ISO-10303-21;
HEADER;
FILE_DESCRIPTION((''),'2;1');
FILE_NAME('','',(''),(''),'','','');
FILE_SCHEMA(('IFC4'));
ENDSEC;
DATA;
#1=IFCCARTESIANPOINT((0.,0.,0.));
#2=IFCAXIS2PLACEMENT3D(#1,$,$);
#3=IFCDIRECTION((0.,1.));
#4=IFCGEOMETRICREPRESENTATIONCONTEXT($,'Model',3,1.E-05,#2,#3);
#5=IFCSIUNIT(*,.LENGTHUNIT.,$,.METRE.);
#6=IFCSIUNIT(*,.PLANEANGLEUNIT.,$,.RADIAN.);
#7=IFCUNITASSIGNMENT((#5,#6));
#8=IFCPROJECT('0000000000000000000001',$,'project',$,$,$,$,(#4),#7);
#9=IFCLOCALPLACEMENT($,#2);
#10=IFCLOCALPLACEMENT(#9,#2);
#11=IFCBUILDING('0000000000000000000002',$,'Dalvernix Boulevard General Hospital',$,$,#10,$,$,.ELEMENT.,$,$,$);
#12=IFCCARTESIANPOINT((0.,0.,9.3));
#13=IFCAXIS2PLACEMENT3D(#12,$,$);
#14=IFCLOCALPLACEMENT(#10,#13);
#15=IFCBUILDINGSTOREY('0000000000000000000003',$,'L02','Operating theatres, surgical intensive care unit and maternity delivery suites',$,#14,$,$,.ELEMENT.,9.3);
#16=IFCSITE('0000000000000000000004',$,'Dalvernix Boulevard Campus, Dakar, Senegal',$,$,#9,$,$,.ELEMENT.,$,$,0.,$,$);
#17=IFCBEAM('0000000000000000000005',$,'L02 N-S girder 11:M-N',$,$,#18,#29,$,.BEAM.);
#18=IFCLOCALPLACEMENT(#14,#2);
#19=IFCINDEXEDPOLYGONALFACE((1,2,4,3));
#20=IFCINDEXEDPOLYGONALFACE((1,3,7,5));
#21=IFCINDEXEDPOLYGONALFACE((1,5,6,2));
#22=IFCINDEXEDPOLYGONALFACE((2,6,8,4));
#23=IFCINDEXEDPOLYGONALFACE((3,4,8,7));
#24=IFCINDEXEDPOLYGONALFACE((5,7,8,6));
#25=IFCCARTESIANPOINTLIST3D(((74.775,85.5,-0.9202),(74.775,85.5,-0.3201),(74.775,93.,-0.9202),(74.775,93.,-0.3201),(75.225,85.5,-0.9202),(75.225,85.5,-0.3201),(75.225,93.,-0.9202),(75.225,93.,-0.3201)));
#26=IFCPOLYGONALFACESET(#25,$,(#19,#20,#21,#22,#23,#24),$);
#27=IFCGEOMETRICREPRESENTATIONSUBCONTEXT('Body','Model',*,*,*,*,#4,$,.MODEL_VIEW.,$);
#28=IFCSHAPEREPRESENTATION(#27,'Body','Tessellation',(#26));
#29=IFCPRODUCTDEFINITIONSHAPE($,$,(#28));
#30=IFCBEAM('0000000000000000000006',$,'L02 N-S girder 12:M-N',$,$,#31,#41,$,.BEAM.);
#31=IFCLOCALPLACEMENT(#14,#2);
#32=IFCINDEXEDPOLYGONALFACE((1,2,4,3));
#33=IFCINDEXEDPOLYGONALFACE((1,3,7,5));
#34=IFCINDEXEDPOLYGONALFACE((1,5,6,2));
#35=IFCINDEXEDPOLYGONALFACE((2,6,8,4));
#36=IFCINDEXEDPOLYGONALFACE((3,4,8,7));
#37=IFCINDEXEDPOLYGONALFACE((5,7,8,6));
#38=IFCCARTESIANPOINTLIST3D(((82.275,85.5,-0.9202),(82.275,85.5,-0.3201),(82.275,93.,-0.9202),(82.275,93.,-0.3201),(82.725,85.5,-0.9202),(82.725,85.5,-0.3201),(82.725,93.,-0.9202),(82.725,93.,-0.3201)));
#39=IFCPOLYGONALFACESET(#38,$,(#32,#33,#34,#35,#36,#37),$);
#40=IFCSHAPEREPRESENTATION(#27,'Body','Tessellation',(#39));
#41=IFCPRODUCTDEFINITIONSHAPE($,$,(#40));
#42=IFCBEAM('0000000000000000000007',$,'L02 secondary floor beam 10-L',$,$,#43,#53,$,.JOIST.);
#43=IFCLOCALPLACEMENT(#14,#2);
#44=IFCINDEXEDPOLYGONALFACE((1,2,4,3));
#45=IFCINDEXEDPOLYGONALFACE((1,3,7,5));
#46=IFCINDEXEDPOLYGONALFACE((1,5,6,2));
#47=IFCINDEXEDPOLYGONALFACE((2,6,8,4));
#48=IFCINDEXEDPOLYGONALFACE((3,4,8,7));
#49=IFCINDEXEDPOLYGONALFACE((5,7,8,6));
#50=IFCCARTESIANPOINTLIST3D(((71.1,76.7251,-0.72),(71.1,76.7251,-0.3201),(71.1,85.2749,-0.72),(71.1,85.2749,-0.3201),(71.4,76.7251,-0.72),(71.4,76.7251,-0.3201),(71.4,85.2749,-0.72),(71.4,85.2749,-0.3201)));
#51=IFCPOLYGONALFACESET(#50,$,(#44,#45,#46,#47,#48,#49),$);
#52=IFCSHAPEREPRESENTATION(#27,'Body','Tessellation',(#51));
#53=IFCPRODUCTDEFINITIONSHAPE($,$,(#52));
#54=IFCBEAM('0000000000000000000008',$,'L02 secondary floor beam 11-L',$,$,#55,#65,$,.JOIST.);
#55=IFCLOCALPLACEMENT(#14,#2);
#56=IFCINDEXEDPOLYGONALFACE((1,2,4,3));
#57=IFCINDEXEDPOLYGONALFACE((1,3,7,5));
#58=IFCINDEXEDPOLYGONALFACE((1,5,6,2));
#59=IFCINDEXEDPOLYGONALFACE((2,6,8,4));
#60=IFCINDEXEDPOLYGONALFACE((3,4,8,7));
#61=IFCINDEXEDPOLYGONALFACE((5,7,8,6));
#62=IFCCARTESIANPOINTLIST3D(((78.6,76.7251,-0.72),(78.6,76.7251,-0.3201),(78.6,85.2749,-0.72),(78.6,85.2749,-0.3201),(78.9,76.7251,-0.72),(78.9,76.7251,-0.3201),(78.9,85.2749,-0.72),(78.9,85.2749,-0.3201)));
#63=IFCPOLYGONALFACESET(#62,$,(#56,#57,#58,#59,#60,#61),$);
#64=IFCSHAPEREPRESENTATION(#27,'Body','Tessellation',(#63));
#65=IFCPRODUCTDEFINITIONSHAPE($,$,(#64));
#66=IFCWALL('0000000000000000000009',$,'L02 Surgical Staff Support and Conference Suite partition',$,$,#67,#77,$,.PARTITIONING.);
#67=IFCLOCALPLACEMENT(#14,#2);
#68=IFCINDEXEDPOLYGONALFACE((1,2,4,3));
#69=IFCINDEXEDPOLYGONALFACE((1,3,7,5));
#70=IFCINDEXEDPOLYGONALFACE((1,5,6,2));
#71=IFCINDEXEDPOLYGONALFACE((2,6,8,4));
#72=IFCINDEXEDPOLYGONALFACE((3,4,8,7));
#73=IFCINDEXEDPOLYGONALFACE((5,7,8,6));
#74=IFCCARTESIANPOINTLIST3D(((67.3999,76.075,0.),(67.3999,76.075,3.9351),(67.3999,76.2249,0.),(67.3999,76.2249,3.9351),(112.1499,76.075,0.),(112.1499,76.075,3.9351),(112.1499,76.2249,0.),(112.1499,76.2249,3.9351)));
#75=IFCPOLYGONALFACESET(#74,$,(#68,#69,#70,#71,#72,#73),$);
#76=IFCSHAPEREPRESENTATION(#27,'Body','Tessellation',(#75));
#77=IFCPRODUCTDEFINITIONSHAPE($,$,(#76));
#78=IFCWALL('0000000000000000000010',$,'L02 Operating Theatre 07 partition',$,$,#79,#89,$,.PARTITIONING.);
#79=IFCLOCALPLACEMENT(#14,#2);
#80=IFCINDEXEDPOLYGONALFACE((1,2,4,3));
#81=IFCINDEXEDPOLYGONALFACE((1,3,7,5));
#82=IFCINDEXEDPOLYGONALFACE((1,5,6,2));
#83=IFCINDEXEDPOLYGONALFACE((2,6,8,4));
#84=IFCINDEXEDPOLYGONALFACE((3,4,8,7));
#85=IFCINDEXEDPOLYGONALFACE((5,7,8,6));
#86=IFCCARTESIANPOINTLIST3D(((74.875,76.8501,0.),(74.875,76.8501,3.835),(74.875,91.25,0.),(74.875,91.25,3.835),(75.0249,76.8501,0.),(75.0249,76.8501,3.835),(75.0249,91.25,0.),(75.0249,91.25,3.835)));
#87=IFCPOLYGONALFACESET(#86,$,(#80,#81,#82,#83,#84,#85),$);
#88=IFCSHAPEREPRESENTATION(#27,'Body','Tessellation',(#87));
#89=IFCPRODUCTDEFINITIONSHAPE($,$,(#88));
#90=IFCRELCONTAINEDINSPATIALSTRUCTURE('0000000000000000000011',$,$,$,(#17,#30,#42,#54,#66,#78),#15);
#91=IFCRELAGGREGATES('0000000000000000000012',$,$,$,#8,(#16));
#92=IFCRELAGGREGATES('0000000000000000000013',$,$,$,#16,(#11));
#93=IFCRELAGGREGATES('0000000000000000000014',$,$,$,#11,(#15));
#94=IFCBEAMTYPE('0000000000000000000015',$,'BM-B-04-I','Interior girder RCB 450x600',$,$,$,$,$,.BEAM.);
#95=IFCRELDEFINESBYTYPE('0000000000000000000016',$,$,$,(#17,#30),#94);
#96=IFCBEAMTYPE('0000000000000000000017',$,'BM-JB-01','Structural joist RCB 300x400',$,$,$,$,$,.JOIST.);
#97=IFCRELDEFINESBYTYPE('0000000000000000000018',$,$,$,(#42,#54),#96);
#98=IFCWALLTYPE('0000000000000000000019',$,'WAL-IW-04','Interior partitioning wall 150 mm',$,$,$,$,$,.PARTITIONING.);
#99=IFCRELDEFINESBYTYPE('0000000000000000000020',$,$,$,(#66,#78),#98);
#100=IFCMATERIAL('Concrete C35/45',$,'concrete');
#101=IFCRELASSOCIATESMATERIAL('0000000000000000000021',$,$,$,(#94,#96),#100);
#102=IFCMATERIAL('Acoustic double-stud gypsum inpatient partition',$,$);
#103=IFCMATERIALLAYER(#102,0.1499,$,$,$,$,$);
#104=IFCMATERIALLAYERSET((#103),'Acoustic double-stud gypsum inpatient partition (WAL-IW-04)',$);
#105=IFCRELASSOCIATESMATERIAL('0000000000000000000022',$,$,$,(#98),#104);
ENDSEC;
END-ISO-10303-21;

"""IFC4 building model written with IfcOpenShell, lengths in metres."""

from ifc_helpers import new_model, si_unit, direction, frame, frame_2d, origin, origin_2d, place, context, subcontext, project, spatial, rectangle, extrude, material, layer, layer_set, material_profile, profile_set, type_object, element, save


model = new_model("IFC4")

# Units and contexts
model_context = context("Model", 3, precision=1e-05, world=origin(), true_north=direction((0.0, 1.0)))
body_context = subcontext(model_context, "Body", "Model", "MODEL_VIEW")
ifc_project = project(units=[si_unit("LENGTHUNIT", "METRE"), si_unit("PLANEANGLEUNIT", "RADIAN")], contexts=[model_context])

# Site, building, storey
site_placement = place(None, origin())
site = spatial("IfcSite", under=ifc_project, at=site_placement, Name="Dalvernix Boulevard Campus, Dakar, Senegal", CompositionType="ELEMENT", RefElevation=0.0)
building_placement = place(site_placement, origin())
building = spatial("IfcBuilding", under=site, at=building_placement, Name="Dalvernix Boulevard General Hospital", CompositionType="ELEMENT")
storey_placement = place(building_placement, frame((0.0, 0.0, 9.3)))
storey = spatial("IfcBuildingStorey", under=building, at=storey_placement, Name="L02", Description="Operating theatres, surgical intensive care unit and maternity delivery suites", CompositionType="ELEMENT", Elevation=9.3)

# Beams
ifc_material_1 = material(Name="Concrete C35/45", Category="concrete")
ifc_material_profile_1 = material_profile(ifc_material_1, rectangle(XDim=0.45, YDim=0.6001, at=origin_2d()), Name="RCB 450x600")
ifc_profile_set_1 = profile_set([ifc_material_profile_1], Name="Concrete C35/45")
beam_type_1 = type_object("IfcBeamType", Name="BM-B-04-I", Description="Interior girder RCB 450x600", PredefinedType="BEAM", material=ifc_profile_set_1)
for number, where, z_axis, x_axis, name in (
    (1, (75.0, 85.5, -0.6201), (0.0, 1.0, 0.0), (-1.0, 0.0, 0.0), "L02 N-S girder 11:M-N"),
    (2, (82.5, 85.5, -0.6201), (0.0, 1.0, 0.0), (-1.0, 0.0, 0.0), "L02 N-S girder 12:M-N"),
):
    element("IfcBeam", number, at=place(storey_placement, frame(where, z_axis=z_axis, x_axis=x_axis)), inside=storey, type_object=beam_type_1, Name=name, PredefinedType="BEAM", context=body_context, shape_type="SweptSolid", body=[
        extrude(rectangle(XDim=0.45, YDim=0.6001, at=origin_2d()), origin(), (0.0, 0.0, 1.0), 7.5),
    ])
ifc_material_profile_2 = material_profile(ifc_material_1, rectangle(XDim=0.3, YDim=0.3999, at=origin_2d()), Name="RCB 300x400")
ifc_profile_set_2 = profile_set([ifc_material_profile_2], Name="Concrete C35/45")
beam_type_2 = type_object("IfcBeamType", Name="BM-JB-01", Description="Structural joist RCB 300x400", PredefinedType="JOIST", material=ifc_profile_set_2)
for number, where, z_axis, x_axis, name in (
    (3, (71.25, 76.7251, -0.52), (0.0, 1.0, 0.0), (-1.0, 0.0, 0.0), "L02 secondary floor beam 10-L"),
    (4, (78.75, 76.7251, -0.52), (0.0, 1.0, 0.0), (-1.0, 0.0, 0.0), "L02 secondary floor beam 11-L"),
):
    element("IfcBeam", number, at=place(storey_placement, frame(where, z_axis=z_axis, x_axis=x_axis)), inside=storey, type_object=beam_type_2, Name=name, PredefinedType="JOIST", context=body_context, shape_type="SweptSolid", body=[
        extrude(rectangle(XDim=0.3, YDim=0.3999, at=origin_2d()), origin(), (0.0, 0.0, 1.0), 8.5498),
    ])

# Walls
ifc_material_2 = material(Name="Acoustic double-stud gypsum inpatient partition")
ifc_layer = layer(ifc_material_2, 0.1499)
ifc_layer_set = layer_set([ifc_layer], Name="Acoustic double-stud gypsum inpatient partition (WAL-IW-04)")
wall_type = type_object("IfcWallType", Name="WAL-IW-04", Description="Interior partitioning wall 150 mm", PredefinedType="PARTITIONING", material=ifc_layer_set)
wall_1_placement = place(storey_placement, frame((67.3999, 76.1499, 0.0), z_axis=(0.0, 0.0, 1.0), x_axis=(1.0, 0.0, 0.0)))
element("IfcWall", 5, at=wall_1_placement, inside=storey, type_object=wall_type, Name="L02 Surgical Staff Support and Conference Suite partition", PredefinedType="PARTITIONING", context=body_context, shape_type="SweptSolid", body=[
    extrude(rectangle(XDim=44.75, YDim=0.1499, at=frame_2d((22.375, 0.0))), origin(), (0.0, 0.0, 1.0), 3.9351),
])
wall_2_placement = place(storey_placement, frame((74.95, 76.8501, 0.0), z_axis=(0.0, 0.0, 1.0), x_axis=(0.0, 1.0, 0.0)))
element("IfcWall", 6, at=wall_2_placement, inside=storey, type_object=wall_type, Name="L02 Operating Theatre 07 partition", PredefinedType="PARTITIONING", context=body_context, shape_type="SweptSolid", body=[
    extrude(rectangle(XDim=14.3999, YDim=0.1499, at=frame_2d((7.2, 0.0))), origin(), (0.0, 0.0, 1.0), 3.835),
])

save(model, "model.ifc")
